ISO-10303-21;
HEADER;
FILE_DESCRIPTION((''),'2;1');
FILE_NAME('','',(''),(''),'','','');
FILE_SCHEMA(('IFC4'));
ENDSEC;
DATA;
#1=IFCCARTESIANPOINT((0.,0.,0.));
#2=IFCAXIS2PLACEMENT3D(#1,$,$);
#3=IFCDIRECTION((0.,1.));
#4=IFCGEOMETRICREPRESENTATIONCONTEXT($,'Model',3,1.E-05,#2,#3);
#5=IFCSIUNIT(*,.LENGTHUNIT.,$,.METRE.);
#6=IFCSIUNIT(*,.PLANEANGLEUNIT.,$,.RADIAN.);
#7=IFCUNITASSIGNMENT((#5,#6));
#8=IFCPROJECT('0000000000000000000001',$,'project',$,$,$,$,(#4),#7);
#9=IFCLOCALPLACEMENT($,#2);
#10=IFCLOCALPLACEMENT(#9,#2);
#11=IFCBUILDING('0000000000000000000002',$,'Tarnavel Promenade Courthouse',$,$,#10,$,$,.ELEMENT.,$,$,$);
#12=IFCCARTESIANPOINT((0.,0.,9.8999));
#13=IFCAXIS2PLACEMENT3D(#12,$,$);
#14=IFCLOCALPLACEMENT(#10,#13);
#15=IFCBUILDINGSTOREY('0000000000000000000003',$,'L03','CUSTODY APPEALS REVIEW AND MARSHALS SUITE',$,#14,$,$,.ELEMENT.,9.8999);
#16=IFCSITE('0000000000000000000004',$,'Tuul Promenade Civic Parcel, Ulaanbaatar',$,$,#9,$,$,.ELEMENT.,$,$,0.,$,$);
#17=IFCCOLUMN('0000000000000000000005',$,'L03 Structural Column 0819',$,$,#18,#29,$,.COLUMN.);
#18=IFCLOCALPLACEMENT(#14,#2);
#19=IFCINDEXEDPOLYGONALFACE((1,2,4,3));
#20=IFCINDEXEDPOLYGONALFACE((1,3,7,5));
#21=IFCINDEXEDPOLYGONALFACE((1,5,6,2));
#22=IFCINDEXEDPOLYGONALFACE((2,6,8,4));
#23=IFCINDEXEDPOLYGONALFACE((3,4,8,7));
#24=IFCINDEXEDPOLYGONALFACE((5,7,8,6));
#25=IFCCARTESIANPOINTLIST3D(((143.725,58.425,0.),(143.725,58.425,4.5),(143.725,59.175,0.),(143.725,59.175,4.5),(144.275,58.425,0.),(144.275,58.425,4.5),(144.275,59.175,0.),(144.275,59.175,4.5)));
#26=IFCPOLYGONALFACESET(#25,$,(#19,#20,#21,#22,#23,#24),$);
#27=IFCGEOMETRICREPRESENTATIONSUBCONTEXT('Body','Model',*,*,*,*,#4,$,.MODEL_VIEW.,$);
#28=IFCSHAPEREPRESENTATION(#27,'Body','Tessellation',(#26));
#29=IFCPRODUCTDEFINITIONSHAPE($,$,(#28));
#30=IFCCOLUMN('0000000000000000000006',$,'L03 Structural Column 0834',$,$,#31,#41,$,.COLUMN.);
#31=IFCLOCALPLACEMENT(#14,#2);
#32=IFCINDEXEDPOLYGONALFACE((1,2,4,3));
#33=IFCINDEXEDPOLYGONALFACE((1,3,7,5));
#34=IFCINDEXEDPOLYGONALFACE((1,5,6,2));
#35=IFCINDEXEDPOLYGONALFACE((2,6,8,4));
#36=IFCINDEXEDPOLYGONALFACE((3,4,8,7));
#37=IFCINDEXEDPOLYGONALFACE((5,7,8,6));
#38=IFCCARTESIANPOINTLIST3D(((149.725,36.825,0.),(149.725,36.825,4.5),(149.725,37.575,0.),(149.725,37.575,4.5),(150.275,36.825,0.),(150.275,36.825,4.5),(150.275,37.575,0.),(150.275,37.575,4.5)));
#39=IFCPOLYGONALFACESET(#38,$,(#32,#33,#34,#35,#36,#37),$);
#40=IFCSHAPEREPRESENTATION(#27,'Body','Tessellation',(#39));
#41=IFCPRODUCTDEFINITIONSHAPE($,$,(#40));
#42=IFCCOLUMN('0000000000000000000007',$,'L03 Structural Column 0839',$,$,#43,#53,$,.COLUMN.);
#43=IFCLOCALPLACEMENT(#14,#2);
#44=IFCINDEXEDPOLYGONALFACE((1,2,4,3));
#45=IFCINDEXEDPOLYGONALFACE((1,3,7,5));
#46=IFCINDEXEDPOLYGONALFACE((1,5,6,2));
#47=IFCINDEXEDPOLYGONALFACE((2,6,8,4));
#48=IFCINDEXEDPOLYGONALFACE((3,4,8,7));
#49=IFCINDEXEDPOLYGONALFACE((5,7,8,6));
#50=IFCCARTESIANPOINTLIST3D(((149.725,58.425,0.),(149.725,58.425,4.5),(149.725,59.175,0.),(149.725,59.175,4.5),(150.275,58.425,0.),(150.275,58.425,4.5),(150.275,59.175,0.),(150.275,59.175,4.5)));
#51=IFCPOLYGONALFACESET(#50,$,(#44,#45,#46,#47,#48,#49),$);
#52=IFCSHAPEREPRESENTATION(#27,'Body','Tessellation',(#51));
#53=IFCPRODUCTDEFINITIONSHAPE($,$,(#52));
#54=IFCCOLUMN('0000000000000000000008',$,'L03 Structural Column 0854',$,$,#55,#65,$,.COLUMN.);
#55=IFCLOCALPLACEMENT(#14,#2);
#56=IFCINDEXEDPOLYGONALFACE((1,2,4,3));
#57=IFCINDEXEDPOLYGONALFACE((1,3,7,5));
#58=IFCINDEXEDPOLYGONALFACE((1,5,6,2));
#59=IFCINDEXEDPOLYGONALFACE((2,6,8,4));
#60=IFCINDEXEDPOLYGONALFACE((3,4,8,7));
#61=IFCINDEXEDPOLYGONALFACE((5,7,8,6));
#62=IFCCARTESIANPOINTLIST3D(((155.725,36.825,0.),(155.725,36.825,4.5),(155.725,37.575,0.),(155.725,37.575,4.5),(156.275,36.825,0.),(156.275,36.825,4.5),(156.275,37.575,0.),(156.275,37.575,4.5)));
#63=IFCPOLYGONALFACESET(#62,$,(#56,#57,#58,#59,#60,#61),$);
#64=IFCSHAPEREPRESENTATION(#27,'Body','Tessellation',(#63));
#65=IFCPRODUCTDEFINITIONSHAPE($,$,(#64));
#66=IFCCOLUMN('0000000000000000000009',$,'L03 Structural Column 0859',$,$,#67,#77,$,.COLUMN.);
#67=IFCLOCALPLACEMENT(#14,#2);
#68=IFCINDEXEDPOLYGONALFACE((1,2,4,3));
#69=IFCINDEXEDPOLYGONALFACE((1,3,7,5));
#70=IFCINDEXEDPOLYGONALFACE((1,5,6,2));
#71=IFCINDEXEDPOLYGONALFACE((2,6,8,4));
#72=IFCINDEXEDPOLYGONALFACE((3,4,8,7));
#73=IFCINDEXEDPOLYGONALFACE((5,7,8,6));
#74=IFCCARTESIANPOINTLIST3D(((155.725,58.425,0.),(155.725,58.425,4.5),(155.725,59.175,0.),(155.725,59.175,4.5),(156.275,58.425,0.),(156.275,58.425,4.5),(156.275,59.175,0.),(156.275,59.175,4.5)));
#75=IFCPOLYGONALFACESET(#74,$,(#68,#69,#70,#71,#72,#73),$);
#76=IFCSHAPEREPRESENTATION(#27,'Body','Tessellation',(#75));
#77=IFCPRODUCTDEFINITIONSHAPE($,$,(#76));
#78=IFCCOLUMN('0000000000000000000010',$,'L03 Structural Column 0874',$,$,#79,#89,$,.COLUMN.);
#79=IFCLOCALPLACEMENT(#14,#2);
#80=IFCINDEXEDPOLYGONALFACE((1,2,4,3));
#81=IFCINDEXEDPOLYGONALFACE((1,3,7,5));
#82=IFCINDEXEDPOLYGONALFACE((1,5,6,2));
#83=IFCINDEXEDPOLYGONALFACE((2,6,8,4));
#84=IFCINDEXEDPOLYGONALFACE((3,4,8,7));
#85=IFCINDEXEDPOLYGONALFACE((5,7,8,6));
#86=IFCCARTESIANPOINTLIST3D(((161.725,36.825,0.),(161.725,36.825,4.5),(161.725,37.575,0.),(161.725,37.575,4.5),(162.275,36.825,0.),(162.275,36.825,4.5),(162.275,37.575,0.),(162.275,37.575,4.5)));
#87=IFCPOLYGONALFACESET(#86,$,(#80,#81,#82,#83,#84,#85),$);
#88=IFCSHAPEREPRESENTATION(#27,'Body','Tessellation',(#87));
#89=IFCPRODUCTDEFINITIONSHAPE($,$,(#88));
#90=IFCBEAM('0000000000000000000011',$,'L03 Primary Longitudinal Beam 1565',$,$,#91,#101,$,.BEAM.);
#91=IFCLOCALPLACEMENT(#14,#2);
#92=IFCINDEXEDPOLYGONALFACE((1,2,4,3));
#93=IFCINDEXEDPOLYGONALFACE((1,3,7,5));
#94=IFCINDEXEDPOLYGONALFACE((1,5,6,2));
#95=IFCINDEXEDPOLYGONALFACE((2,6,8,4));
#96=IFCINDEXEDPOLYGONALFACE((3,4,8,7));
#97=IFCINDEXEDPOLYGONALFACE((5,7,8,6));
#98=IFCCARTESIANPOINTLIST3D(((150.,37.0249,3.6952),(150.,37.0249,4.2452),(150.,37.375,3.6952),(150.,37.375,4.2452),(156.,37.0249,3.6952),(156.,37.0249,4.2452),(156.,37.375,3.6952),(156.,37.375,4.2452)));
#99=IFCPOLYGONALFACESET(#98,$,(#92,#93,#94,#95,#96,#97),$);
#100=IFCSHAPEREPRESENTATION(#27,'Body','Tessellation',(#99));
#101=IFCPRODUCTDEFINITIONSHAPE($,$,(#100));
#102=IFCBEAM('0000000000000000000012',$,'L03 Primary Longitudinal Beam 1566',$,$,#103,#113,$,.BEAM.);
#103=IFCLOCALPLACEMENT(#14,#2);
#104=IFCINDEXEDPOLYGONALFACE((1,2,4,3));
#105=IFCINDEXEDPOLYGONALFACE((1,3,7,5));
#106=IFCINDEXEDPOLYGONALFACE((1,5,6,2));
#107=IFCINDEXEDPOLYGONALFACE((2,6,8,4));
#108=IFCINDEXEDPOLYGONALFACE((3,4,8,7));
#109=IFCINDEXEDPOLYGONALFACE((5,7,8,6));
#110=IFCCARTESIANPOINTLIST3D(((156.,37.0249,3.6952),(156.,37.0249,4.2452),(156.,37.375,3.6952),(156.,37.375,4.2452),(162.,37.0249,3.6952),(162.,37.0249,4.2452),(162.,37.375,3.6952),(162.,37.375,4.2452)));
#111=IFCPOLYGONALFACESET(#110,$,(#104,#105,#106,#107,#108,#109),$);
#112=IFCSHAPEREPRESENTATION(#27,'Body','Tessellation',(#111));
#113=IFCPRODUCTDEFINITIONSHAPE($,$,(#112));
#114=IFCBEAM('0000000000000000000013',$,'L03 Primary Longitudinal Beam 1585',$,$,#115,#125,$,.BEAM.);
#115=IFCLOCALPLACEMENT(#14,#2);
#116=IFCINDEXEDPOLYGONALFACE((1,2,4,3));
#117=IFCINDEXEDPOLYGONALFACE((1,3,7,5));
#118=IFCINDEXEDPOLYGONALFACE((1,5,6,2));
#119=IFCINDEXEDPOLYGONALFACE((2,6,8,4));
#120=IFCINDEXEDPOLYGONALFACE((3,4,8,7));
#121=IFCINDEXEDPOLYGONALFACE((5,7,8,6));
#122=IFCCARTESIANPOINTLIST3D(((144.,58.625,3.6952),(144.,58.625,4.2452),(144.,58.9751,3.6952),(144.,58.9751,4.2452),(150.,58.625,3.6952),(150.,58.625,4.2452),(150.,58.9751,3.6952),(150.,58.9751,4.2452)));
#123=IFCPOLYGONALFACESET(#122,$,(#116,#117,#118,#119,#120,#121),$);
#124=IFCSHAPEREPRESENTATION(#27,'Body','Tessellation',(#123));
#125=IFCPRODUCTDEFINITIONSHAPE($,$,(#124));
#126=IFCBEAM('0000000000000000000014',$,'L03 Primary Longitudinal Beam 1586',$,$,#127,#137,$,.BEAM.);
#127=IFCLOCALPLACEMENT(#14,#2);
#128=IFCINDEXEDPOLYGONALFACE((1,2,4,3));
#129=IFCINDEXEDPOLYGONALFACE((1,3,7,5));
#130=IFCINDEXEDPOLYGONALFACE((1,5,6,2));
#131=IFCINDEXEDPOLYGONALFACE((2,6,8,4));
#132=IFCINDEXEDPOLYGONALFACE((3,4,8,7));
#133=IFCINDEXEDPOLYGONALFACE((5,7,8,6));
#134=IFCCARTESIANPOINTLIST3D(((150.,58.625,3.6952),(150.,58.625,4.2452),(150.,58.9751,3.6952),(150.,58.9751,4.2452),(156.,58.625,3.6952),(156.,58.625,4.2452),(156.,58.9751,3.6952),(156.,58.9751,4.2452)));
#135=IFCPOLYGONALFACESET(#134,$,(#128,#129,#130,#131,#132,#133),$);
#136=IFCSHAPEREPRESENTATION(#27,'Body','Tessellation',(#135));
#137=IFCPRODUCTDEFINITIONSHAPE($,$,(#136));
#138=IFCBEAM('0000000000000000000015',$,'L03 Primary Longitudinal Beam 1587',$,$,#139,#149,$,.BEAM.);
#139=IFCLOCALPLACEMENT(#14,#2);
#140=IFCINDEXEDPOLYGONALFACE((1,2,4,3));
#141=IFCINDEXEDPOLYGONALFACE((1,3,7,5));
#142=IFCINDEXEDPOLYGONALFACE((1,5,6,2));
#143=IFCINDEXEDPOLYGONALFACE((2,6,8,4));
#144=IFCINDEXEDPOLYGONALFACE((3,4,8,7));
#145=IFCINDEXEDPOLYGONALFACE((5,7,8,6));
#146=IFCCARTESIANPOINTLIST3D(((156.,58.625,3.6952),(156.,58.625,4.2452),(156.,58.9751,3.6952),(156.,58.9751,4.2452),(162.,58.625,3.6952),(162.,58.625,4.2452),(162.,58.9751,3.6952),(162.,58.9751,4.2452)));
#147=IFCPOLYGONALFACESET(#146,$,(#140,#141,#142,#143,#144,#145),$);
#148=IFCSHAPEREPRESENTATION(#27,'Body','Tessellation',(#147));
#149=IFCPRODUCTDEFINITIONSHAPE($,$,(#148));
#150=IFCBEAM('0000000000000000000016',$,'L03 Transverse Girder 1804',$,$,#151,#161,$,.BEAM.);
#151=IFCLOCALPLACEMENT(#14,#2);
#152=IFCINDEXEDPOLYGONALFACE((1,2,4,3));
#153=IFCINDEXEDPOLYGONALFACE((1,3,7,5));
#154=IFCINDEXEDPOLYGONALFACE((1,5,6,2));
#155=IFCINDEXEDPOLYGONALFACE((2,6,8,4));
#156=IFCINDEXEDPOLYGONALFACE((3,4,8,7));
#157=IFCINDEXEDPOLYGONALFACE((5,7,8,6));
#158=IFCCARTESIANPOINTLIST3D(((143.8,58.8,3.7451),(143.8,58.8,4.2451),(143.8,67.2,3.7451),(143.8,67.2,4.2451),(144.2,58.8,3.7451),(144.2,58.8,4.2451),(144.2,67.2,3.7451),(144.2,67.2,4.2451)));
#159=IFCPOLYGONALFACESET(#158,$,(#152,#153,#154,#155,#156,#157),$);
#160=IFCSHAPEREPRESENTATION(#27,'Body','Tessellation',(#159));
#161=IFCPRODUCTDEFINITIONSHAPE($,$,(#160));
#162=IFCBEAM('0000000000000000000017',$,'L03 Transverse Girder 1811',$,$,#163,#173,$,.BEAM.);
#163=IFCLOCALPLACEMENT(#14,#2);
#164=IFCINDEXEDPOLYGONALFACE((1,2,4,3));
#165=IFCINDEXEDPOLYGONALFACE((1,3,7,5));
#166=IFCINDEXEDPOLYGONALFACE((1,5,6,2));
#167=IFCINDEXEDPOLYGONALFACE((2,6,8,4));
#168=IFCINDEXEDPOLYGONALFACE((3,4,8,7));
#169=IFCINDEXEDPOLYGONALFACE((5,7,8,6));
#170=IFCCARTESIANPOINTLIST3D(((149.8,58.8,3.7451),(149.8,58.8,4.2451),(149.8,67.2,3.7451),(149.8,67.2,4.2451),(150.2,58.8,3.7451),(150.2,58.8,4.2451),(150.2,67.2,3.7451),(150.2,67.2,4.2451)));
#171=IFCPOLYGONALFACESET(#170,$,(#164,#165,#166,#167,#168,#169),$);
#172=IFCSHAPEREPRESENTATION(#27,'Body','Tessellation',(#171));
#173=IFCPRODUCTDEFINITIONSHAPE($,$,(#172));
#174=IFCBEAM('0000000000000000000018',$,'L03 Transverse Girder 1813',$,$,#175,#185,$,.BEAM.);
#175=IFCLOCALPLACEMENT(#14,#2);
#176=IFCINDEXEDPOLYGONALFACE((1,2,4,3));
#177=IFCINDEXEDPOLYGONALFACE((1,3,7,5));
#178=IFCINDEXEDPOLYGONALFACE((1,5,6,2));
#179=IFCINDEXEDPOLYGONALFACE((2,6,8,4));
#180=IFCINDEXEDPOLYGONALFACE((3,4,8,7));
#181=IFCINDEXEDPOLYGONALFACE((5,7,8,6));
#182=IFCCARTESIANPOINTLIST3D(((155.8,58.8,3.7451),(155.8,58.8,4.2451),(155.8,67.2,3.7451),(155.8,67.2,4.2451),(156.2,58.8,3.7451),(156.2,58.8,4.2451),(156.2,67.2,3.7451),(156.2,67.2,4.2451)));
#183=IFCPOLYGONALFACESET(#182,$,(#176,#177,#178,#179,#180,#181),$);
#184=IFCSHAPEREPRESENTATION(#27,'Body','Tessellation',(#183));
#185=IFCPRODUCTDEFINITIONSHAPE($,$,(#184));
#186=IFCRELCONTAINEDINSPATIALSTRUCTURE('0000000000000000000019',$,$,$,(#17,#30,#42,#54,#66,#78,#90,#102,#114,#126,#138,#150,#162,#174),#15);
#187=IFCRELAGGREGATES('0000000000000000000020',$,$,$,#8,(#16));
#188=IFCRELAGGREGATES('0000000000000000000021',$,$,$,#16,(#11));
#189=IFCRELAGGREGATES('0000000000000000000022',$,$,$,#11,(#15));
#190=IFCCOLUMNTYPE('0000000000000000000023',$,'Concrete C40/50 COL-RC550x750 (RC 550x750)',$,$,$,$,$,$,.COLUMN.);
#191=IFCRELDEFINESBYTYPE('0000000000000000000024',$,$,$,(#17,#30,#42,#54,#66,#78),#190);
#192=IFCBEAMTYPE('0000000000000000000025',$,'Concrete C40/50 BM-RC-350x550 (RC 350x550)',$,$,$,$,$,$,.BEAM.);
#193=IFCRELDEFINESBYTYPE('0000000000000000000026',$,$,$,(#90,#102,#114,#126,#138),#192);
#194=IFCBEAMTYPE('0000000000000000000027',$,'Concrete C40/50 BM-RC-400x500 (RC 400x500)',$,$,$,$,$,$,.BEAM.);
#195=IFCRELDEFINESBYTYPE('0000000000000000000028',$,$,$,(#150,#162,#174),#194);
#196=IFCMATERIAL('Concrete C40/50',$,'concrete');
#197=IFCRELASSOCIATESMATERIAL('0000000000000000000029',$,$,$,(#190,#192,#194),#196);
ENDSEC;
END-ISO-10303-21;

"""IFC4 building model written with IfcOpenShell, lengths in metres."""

from ifc_helpers import new_model, si_unit, direction, frame, origin, origin_2d, place, context, subcontext, project, spatial, rectangle, extrude, material, material_profile, profile_set, type_object, element, save


model = new_model("IFC4")

# Units and contexts
model_context = context("Model", 3, precision=1e-05, world=origin(), true_north=direction((0.0, 1.0)))
body_context = subcontext(model_context, "Body", "Model", "MODEL_VIEW")
ifc_project = project(units=[si_unit("LENGTHUNIT", "METRE"), si_unit("PLANEANGLEUNIT", "RADIAN")], contexts=[model_context])

# Site, building, storey
site_placement = place(None, origin())
site = spatial("IfcSite", under=ifc_project, at=site_placement, Name="Tuul Promenade Civic Parcel, Ulaanbaatar", CompositionType="ELEMENT", RefElevation=0.0)
building_placement = place(site_placement, origin())
building = spatial("IfcBuilding", under=site, at=building_placement, Name="Tarnavel Promenade Courthouse", CompositionType="ELEMENT")
storey_placement = place(building_placement, frame((0.0, 0.0, 9.8999)))
storey = spatial("IfcBuildingStorey", under=building, at=storey_placement, Name="L03", Description="CUSTODY APPEALS REVIEW AND MARSHALS SUITE", CompositionType="ELEMENT", Elevation=9.8999)

# Columns
ifc_material_1 = material(Name="Concrete C40/50", Category="concrete")
ifc_material_profile_1 = material_profile(ifc_material_1, rectangle(XDim=0.55, YDim=0.75, at=origin_2d()), Name="RC 550x750")
ifc_profile_set_1 = profile_set([ifc_material_profile_1], Name="Concrete C40/50")
column_type = type_object("IfcColumnType", Name="Concrete C40/50 COL-RC550x750 (RC 550x750)", PredefinedType="COLUMN", material=ifc_profile_set_1)
for number, where, z_axis, x_axis, name in (
    (1, (144.0, 58.8, 0.0), (0.0, 0.0, 1.0), (1.0, 0.0, 0.0), "L03 Structural Column 0819"),
    (2, (150.0, 37.2, 0.0), (0.0, 0.0, 1.0), (1.0, 0.0, 0.0), "L03 Structural Column 0834"),
    (3, (150.0, 58.8, 0.0), (0.0, 0.0, 1.0), (1.0, 0.0, 0.0), "L03 Structural Column 0839"),
    (4, (156.0, 37.2, 0.0), (0.0, 0.0, 1.0), (1.0, 0.0, 0.0), "L03 Structural Column 0854"),
    (5, (156.0, 58.8, 0.0), (0.0, 0.0, 1.0), (1.0, 0.0, 0.0), "L03 Structural Column 0859"),
    (6, (162.0, 37.2, 0.0), (0.0, 0.0, 1.0), (1.0, 0.0, 0.0), "L03 Structural Column 0874"),
):
    element("IfcColumn", number, at=place(storey_placement, frame(where, z_axis=z_axis, x_axis=x_axis)), inside=storey, type_object=column_type, Name=name, PredefinedType="COLUMN", context=body_context, shape_type="SweptSolid", body=[
        extrude(rectangle(XDim=0.55, YDim=0.75, at=origin_2d()), origin(), (0.0, 0.0, 1.0), 4.5),
    ])

# Beams
ifc_material_profile_2 = material_profile(ifc_material_1, rectangle(XDim=0.3501, YDim=0.55, at=origin_2d()), Name="RC 350x550")
ifc_profile_set_2 = profile_set([ifc_material_profile_2], Name="Concrete C40/50")
beam_type_1 = type_object("IfcBeamType", Name="Concrete C40/50 BM-RC-350x550 (RC 350x550)", PredefinedType="BEAM", material=ifc_profile_set_2)
for number, where, z_axis, x_axis, name in (
    (7, (150.0, 37.2, 3.9702), (1.0, 0.0, 0.0), (0.0, 1.0, 0.0), "L03 Primary Longitudinal Beam 1565"),
    (8, (156.0, 37.2, 3.9702), (1.0, 0.0, 0.0), (0.0, 1.0, 0.0), "L03 Primary Longitudinal Beam 1566"),
    (9, (144.0, 58.8, 3.9702), (1.0, 0.0, 0.0), (0.0, 1.0, 0.0), "L03 Primary Longitudinal Beam 1585"),
    (10, (150.0, 58.8, 3.9702), (1.0, 0.0, 0.0), (0.0, 1.0, 0.0), "L03 Primary Longitudinal Beam 1586"),
    (11, (156.0, 58.8, 3.9702), (1.0, 0.0, 0.0), (0.0, 1.0, 0.0), "L03 Primary Longitudinal Beam 1587"),
):
    element("IfcBeam", number, at=place(storey_placement, frame(where, z_axis=z_axis, x_axis=x_axis)), inside=storey, type_object=beam_type_1, Name=name, PredefinedType="BEAM", context=body_context, shape_type="SweptSolid", body=[
        extrude(rectangle(XDim=0.3501, YDim=0.55, at=origin_2d()), origin(), (0.0, 0.0, 1.0), 6.0),
    ])
ifc_material_profile_3 = material_profile(ifc_material_1, rectangle(XDim=0.3999, YDim=0.5, at=origin_2d()), Name="RC 400x500")
ifc_profile_set_3 = profile_set([ifc_material_profile_3], Name="Concrete C40/50")
beam_type_2 = type_object("IfcBeamType", Name="Concrete C40/50 BM-RC-400x500 (RC 400x500)", PredefinedType="BEAM", material=ifc_profile_set_3)
for number, where, z_axis, x_axis, name in (
    (12, (144.0, 58.8, 3.9951), (0.0, 1.0, 0.0), (-1.0, 0.0, 0.0), "L03 Transverse Girder 1804"),
    (13, (150.0, 58.8, 3.9951), (0.0, 1.0, 0.0), (-1.0, 0.0, 0.0), "L03 Transverse Girder 1811"),
    (14, (156.0, 58.8, 3.9951), (0.0, 1.0, 0.0), (-1.0, 0.0, 0.0), "L03 Transverse Girder 1813"),
):
    element("IfcBeam", number, at=place(storey_placement, frame(where, z_axis=z_axis, x_axis=x_axis)), inside=storey, type_object=beam_type_2, Name=name, PredefinedType="BEAM", context=body_context, shape_type="SweptSolid", body=[
        extrude(rectangle(XDim=0.3999, YDim=0.5, at=origin_2d()), origin(), (0.0, 0.0, 1.0), 8.3999),
    ])

save(model, "model.ifc")
